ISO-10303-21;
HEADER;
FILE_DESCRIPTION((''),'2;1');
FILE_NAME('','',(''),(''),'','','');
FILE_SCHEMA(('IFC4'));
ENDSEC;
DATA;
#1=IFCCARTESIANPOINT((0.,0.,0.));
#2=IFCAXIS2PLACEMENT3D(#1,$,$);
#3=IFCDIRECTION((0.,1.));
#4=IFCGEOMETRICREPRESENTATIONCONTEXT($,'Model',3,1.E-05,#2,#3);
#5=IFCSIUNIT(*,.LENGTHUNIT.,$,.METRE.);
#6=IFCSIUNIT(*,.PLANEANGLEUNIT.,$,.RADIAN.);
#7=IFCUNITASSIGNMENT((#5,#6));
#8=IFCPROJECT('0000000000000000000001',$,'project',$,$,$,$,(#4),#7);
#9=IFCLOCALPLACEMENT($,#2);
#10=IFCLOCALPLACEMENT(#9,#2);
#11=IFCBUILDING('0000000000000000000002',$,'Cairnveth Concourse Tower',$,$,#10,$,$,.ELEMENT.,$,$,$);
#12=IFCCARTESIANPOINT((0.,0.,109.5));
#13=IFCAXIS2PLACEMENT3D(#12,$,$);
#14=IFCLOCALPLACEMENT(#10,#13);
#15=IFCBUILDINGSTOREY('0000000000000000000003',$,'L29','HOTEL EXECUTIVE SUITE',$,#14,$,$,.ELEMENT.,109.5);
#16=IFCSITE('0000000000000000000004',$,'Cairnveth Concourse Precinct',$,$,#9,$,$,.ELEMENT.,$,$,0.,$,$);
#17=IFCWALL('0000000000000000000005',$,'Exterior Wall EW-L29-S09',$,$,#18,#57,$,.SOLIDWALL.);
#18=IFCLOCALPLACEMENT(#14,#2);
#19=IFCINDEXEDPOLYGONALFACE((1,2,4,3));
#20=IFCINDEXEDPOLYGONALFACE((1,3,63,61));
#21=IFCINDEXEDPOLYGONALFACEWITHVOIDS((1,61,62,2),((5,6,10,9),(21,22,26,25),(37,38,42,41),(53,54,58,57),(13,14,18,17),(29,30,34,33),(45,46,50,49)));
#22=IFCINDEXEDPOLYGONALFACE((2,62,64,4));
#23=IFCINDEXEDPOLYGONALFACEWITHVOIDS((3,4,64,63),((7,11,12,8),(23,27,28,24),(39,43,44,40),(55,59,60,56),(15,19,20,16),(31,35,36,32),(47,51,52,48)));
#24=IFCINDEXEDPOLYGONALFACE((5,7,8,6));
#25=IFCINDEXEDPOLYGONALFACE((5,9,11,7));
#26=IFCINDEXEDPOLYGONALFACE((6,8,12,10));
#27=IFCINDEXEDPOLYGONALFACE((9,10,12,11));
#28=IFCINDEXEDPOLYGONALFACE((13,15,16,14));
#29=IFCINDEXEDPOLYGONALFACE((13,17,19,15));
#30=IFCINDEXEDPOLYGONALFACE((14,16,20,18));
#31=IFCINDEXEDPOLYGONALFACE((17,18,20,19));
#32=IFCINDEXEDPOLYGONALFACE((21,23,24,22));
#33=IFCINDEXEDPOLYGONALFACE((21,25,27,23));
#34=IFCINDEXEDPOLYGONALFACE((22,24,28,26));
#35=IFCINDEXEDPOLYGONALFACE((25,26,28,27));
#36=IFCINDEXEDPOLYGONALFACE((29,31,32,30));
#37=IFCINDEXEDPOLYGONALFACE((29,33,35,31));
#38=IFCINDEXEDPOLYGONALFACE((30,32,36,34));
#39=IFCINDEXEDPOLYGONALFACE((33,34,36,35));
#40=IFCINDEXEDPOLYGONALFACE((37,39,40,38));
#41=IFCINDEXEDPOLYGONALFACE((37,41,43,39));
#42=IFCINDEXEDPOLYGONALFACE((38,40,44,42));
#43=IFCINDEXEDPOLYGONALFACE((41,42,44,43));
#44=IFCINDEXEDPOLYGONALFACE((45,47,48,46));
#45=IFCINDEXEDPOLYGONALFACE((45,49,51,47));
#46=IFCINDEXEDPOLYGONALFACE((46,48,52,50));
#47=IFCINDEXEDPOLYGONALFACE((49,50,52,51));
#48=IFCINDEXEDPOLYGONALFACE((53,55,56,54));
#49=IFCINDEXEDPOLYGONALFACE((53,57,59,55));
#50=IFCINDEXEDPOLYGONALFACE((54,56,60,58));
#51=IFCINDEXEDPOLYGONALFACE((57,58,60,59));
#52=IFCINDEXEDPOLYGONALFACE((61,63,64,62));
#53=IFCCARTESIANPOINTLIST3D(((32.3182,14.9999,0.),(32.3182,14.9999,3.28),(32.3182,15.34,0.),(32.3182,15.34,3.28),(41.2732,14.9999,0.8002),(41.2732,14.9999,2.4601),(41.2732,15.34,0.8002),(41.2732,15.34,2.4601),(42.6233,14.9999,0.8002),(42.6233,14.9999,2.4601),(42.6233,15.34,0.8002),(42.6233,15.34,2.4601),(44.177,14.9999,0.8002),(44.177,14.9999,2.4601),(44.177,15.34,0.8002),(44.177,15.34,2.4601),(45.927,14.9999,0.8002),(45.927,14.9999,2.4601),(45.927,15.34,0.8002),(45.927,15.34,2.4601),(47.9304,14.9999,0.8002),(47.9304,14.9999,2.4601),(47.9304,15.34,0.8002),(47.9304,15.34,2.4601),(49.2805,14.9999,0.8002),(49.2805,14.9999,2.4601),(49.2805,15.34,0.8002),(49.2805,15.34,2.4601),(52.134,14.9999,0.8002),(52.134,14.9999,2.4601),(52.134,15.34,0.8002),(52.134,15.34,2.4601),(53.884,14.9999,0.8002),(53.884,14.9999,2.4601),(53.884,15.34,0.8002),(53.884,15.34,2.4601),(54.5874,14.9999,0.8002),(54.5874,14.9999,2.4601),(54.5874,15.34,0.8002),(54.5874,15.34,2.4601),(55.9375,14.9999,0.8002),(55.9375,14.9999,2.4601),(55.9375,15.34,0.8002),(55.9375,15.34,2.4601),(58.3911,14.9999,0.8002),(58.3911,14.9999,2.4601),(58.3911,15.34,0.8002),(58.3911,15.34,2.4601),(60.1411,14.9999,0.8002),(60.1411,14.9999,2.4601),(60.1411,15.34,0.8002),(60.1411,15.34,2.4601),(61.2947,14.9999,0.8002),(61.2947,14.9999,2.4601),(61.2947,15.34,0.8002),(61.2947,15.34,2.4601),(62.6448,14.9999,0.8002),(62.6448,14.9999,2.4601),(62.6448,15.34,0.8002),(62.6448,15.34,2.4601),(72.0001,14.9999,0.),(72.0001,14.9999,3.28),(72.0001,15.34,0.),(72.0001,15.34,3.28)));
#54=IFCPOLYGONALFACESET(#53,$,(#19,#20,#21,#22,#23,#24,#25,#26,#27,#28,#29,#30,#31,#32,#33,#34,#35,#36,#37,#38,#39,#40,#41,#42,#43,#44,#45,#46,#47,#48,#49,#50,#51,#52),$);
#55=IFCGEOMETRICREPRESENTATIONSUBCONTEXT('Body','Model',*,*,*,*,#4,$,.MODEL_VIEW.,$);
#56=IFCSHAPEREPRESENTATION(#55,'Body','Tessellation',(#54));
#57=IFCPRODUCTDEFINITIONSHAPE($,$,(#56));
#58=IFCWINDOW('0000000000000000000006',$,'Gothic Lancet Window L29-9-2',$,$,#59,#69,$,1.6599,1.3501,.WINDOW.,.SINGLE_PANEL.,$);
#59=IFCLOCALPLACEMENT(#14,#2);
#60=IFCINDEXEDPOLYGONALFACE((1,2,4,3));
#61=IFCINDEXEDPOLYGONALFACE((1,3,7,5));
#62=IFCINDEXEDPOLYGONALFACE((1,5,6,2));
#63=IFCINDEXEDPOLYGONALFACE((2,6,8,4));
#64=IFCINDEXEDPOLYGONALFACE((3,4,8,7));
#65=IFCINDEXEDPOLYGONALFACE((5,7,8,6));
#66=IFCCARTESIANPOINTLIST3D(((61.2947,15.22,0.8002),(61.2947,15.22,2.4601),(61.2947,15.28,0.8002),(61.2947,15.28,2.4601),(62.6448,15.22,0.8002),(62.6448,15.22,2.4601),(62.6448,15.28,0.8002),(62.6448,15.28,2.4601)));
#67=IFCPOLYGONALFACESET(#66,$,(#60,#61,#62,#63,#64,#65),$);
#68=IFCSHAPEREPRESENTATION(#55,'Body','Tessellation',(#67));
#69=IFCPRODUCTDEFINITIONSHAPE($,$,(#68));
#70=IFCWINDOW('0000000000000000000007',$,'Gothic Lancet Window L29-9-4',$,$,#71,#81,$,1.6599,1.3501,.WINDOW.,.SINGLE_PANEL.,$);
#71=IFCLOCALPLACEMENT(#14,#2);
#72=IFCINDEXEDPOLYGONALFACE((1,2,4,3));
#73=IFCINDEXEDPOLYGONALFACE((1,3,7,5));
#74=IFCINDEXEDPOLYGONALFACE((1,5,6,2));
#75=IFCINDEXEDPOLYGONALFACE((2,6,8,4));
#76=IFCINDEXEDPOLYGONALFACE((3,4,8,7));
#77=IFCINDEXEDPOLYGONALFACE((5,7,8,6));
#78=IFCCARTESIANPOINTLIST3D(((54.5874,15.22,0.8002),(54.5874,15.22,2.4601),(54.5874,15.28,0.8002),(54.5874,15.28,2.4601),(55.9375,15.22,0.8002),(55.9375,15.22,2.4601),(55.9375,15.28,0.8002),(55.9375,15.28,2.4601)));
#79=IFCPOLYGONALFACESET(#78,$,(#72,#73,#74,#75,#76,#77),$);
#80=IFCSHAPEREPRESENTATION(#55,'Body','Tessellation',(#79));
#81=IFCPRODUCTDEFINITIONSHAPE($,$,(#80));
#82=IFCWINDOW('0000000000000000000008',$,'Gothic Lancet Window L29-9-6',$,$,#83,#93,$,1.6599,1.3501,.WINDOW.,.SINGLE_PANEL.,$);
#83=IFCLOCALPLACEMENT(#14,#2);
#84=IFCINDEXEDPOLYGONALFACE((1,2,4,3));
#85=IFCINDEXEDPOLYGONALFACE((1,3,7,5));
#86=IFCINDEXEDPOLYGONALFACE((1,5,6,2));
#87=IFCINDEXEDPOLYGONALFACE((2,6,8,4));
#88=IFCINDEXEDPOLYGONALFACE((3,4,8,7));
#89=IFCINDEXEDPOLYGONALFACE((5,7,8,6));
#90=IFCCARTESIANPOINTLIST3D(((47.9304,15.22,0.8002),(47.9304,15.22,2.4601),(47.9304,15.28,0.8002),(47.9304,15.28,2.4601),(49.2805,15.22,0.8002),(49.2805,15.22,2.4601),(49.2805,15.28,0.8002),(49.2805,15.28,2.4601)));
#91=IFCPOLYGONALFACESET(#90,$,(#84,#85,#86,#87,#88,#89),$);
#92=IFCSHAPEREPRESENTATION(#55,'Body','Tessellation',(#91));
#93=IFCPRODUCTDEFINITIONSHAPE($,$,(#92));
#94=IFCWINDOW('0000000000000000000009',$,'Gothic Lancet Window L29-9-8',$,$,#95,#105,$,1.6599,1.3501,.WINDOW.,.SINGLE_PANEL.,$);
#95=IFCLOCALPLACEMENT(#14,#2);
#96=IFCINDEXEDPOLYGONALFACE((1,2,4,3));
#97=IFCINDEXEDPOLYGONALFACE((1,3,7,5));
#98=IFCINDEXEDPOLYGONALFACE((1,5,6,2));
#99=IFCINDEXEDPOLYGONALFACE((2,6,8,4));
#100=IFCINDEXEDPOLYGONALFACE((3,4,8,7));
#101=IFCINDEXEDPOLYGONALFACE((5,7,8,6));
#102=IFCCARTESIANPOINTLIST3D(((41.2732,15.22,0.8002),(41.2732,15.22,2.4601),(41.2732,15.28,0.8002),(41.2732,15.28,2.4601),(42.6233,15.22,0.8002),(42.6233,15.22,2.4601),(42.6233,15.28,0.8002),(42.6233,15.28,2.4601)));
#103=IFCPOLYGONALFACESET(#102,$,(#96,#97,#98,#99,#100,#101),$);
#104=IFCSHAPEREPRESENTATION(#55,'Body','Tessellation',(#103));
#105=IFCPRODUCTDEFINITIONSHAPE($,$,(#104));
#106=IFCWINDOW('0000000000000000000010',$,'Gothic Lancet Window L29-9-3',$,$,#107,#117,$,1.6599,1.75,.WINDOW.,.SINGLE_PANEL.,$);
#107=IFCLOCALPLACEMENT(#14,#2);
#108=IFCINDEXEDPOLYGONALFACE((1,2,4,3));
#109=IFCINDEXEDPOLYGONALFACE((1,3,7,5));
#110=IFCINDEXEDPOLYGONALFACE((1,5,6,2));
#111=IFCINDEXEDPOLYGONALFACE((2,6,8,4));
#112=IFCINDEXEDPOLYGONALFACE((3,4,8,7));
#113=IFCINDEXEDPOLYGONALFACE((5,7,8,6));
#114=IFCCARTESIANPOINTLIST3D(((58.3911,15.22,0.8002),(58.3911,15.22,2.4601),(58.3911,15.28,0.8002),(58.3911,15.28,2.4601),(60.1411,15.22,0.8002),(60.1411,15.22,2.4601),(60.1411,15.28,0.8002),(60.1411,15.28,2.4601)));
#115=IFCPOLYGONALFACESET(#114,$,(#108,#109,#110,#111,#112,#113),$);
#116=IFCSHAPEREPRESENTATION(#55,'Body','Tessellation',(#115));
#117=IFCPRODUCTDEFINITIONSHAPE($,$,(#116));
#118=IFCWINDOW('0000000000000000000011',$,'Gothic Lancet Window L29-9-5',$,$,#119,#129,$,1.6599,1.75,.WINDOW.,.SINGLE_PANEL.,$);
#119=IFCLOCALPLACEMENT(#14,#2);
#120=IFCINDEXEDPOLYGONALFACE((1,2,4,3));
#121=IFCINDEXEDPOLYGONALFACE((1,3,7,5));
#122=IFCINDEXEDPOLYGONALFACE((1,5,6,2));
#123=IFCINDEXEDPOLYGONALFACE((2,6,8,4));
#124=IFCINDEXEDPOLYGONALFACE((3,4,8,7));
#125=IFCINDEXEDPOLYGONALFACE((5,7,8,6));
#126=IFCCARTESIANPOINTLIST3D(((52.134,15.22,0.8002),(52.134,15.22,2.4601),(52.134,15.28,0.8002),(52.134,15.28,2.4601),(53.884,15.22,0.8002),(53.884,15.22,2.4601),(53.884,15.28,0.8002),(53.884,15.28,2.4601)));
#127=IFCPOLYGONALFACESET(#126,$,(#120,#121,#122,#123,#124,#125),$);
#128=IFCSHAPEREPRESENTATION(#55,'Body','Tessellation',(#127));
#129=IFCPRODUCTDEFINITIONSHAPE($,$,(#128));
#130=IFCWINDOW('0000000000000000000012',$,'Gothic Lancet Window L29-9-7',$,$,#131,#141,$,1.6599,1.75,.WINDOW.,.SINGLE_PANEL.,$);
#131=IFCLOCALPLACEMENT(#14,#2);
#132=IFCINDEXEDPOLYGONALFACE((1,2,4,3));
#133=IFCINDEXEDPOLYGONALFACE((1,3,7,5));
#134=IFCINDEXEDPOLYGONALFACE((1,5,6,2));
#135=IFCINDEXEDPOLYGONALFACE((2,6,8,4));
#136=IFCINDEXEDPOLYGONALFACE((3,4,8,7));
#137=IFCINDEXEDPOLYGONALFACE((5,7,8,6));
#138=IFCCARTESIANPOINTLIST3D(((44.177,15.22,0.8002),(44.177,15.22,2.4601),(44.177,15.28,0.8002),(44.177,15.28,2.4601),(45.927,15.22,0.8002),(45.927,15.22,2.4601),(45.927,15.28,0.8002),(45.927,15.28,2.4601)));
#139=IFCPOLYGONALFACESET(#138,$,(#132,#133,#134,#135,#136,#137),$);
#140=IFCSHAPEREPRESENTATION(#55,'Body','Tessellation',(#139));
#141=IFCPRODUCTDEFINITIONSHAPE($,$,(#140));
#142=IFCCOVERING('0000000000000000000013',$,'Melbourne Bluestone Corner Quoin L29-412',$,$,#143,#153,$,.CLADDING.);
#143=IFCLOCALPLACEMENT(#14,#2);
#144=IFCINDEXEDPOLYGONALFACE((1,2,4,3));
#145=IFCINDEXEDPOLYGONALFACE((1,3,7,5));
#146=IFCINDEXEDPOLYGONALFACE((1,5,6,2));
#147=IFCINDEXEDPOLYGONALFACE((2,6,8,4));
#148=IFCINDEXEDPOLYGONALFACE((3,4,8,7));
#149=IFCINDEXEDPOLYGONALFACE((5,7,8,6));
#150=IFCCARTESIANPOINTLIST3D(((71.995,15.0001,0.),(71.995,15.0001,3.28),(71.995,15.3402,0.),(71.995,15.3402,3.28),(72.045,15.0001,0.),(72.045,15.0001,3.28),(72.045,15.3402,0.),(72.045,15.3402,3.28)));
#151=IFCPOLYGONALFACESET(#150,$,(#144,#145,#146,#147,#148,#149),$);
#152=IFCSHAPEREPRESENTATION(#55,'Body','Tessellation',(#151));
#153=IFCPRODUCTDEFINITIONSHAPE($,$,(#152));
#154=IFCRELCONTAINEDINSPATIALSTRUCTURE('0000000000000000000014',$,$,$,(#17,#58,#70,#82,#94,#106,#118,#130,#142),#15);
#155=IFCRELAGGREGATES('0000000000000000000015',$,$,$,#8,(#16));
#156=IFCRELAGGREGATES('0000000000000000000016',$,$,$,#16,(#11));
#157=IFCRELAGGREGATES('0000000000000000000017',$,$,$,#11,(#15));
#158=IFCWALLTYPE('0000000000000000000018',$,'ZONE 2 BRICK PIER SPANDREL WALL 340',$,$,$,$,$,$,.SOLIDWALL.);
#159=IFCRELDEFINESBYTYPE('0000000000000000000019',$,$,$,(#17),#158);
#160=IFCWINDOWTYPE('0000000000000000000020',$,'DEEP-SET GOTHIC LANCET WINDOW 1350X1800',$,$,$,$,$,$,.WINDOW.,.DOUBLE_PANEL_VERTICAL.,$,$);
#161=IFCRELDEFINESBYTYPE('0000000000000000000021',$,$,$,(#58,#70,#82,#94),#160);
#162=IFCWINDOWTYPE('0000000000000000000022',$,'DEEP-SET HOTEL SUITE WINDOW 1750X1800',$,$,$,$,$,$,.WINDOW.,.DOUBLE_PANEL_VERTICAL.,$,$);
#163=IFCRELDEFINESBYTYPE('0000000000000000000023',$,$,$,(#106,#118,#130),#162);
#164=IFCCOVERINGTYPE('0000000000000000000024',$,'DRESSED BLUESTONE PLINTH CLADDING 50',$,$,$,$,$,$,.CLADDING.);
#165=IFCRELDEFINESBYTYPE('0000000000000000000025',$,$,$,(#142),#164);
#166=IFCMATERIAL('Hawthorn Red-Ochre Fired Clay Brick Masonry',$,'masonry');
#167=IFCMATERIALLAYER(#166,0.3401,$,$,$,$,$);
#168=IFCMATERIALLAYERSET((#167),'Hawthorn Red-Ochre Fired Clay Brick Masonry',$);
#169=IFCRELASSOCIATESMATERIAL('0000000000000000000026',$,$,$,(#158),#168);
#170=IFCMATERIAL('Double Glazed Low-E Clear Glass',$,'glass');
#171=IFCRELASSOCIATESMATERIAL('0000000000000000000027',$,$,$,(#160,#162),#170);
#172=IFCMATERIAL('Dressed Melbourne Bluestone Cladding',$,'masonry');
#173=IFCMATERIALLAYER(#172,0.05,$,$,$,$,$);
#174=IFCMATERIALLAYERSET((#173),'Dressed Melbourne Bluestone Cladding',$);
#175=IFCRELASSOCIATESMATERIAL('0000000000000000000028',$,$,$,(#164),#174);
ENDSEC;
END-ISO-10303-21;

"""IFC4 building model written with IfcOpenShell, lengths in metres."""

from ifc_helpers import new_model, si_unit, direction, frame, frame_2d, origin, place, context, subcontext, project, spatial, rectangle, extrude, material, layer, layer_set, type_object, element, fill, save


model = new_model("IFC4")

# Units and contexts
model_context = context("Model", 3, precision=1e-05, world=origin(), true_north=direction((0.0, 1.0)))
body_context = subcontext(model_context, "Body", "Model", "MODEL_VIEW")
ifc_project = project(units=[si_unit("LENGTHUNIT", "METRE"), si_unit("PLANEANGLEUNIT", "RADIAN")], contexts=[model_context])

# Site, building, storey
site_placement = place(None, origin())
site = spatial("IfcSite", under=ifc_project, at=site_placement, Name="Cairnveth Concourse Precinct", CompositionType="ELEMENT", RefElevation=0.0)
building_placement = place(site_placement, origin())
building = spatial("IfcBuilding", under=site, at=building_placement, Name="Cairnveth Concourse Tower", CompositionType="ELEMENT")
storey_placement = place(building_placement, frame((0.0, 0.0, 109.5)))
storey = spatial("IfcBuildingStorey", under=building, at=storey_placement, Name="L29", Description="HOTEL EXECUTIVE SUITE", CompositionType="ELEMENT", Elevation=109.5)

# Wall, openings, windows
ifc_material_1 = material(Name="Hawthorn Red-Ochre Fired Clay Brick Masonry", Category="masonry")
ifc_layer_1 = layer(ifc_material_1, 0.3401)
ifc_layer_set_1 = layer_set([ifc_layer_1], Name="Hawthorn Red-Ochre Fired Clay Brick Masonry")
wall_type_1 = type_object("IfcWallType", Name="ZONE 2 BRICK PIER SPANDREL WALL 340", PredefinedType="SOLIDWALL", material=ifc_layer_set_1)
wall_1_placement = place(storey_placement, frame((72.0, 15.1699, 0.0), z_axis=(0.0, 0.0, 1.0), x_axis=(-1.0, 0.0, 0.0)))
wall_1 = element("IfcWall", 1, at=wall_1_placement, inside=storey, type_object=wall_type_1, Name="Exterior Wall EW-L29-S09", PredefinedType="SOLIDWALL", context=body_context, shape_type="SweptSolid", body=[
    extrude(rectangle(XDim=39.6819, YDim=0.3401, at=frame_2d((19.8408, 0.0))), origin(), (0.0, 0.0, 1.0), 3.28),
])
opening_1_placement = place(wall_1_placement, frame((9.3552, 0.0, 0.8)))
opening_1 = element("IfcOpeningElement", 2, at=opening_1_placement, cuts=wall_1, PredefinedType="OPENING", context=body_context, shape_type="SweptSolid", body=[
    extrude(rectangle(XDim=1.3501, YDim=1.6599, at=frame_2d((0.675, 0.8301))), frame((0.0, 0.1799, 0.0), z_axis=(0.0, -1.0, 0.0), x_axis=(1.0, 0.0, 0.0)), (0.0, 0.0, 1.0), 0.3601),
])
opening_2_placement = place(wall_1_placement, frame((11.8589, 0.0, 0.8)))
opening_2 = element("IfcOpeningElement", 3, at=opening_2_placement, cuts=wall_1, PredefinedType="OPENING", context=body_context, shape_type="SweptSolid", body=[
    extrude(rectangle(XDim=1.75, YDim=1.6599, at=frame_2d((0.875, 0.8301))), frame((0.0, 0.1799, 0.0), z_axis=(0.0, -1.0, 0.0), x_axis=(1.0, 0.0, 0.0)), (0.0, 0.0, 1.0), 0.3601),
])
opening_3_placement = place(wall_1_placement, frame((16.0625, 0.0, 0.8)))
opening_3 = element("IfcOpeningElement", 4, at=opening_3_placement, cuts=wall_1, PredefinedType="OPENING", context=body_context, shape_type="SweptSolid", body=[
    extrude(rectangle(XDim=1.3501, YDim=1.6599, at=frame_2d((0.675, 0.8301))), frame((0.0, 0.1799, 0.0), z_axis=(0.0, -1.0, 0.0), x_axis=(1.0, 0.0, 0.0)), (0.0, 0.0, 1.0), 0.3601),
])
opening_4_placement = place(wall_1_placement, frame((18.116, 0.0, 0.8)))
opening_4 = element("IfcOpeningElement", 5, at=opening_4_placement, cuts=wall_1, PredefinedType="OPENING", context=body_context, shape_type="SweptSolid", body=[
    extrude(rectangle(XDim=1.75, YDim=1.6599, at=frame_2d((0.875, 0.8301))), frame((0.0, 0.1799, 0.0), z_axis=(0.0, -1.0, 0.0), x_axis=(1.0, 0.0, 0.0)), (0.0, 0.0, 1.0), 0.3601),
])
opening_5_placement = place(wall_1_placement, frame((22.7195, 0.0, 0.8)))
opening_5 = element("IfcOpeningElement", 6, at=opening_5_placement, cuts=wall_1, PredefinedType="OPENING", context=body_context, shape_type="SweptSolid", body=[
    extrude(rectangle(XDim=1.3501, YDim=1.6599, at=frame_2d((0.675, 0.8301))), frame((0.0, 0.1799, 0.0), z_axis=(0.0, -1.0, 0.0), x_axis=(1.0, 0.0, 0.0)), (0.0, 0.0, 1.0), 0.3601),
])
opening_6_placement = place(wall_1_placement, frame((26.073, 0.0, 0.8)))
opening_6 = element("IfcOpeningElement", 7, at=opening_6_placement, cuts=wall_1, PredefinedType="OPENING", context=body_context, shape_type="SweptSolid", body=[
    extrude(rectangle(XDim=1.75, YDim=1.6599, at=frame_2d((0.875, 0.8301))), frame((0.0, 0.1799, 0.0), z_axis=(0.0, -1.0, 0.0), x_axis=(1.0, 0.0, 0.0)), (0.0, 0.0, 1.0), 0.3601),
])
opening_7_placement = place(wall_1_placement, frame((29.3767, 0.0, 0.8)))
opening_7 = element("IfcOpeningElement", 8, at=opening_7_placement, cuts=wall_1, PredefinedType="OPENING", context=body_context, shape_type="SweptSolid", body=[
    extrude(rectangle(XDim=1.3501, YDim=1.6599, at=frame_2d((0.675, 0.8301))), frame((0.0, 0.1799, 0.0), z_axis=(0.0, -1.0, 0.0), x_axis=(1.0, 0.0, 0.0)), (0.0, 0.0, 1.0), 0.3601),
])
ifc_material_2 = material(Name="Double Glazed Low-E Clear Glass", Category="glass")
window_type_1 = type_object("IfcWindowType", Name="DEEP-SET GOTHIC LANCET WINDOW 1350X1800", PartitioningType="DOUBLE_PANEL_VERTICAL", PredefinedType="WINDOW", material=ifc_material_2)
window_1_placement = place(opening_1_placement, origin())
window_1 = element("IfcWindow", 9, at=window_1_placement, inside=storey, type_object=window_type_1, Name="Gothic Lancet Window L29-9-2", OverallHeight=1.6599, OverallWidth=1.3501, PartitioningType="SINGLE_PANEL", PredefinedType="WINDOW", context=body_context, shape_type="SweptSolid", body=[
    extrude(rectangle(XDim=1.3501, YDim=1.6599, at=frame_2d((0.675, 0.8301))), frame((0.0, -0.05, 0.0), z_axis=(0.0, -1.0, 0.0), x_axis=(1.0, 0.0, 0.0)), (0.0, 0.0, 1.0), 0.0601),
])
fill(opening_1, window_1)
window_2_placement = place(opening_3_placement, origin())
window_2 = element("IfcWindow", 10, at=window_2_placement, inside=storey, type_object=window_type_1, Name="Gothic Lancet Window L29-9-4", OverallHeight=1.6599, OverallWidth=1.3501, PartitioningType="SINGLE_PANEL", PredefinedType="WINDOW", context=body_context, shape_type="SweptSolid", body=[
    extrude(rectangle(XDim=1.3501, YDim=1.6599, at=frame_2d((0.675, 0.8301))), frame((0.0, -0.05, 0.0), z_axis=(0.0, -1.0, 0.0), x_axis=(1.0, 0.0, 0.0)), (0.0, 0.0, 1.0), 0.0601),
])
fill(opening_3, window_2)
window_3_placement = place(opening_5_placement, origin())
window_3 = element("IfcWindow", 11, at=window_3_placement, inside=storey, type_object=window_type_1, Name="Gothic Lancet Window L29-9-6", OverallHeight=1.6599, OverallWidth=1.3501, PartitioningType="SINGLE_PANEL", PredefinedType="WINDOW", context=body_context, shape_type="SweptSolid", body=[
    extrude(rectangle(XDim=1.3501, YDim=1.6599, at=frame_2d((0.675, 0.8301))), frame((0.0, -0.05, 0.0), z_axis=(0.0, -1.0, 0.0), x_axis=(1.0, 0.0, 0.0)), (0.0, 0.0, 1.0), 0.0601),
])
fill(opening_5, window_3)
window_4_placement = place(opening_7_placement, origin())
window_4 = element("IfcWindow", 12, at=window_4_placement, inside=storey, type_object=window_type_1, Name="Gothic Lancet Window L29-9-8", OverallHeight=1.6599, OverallWidth=1.3501, PartitioningType="SINGLE_PANEL", PredefinedType="WINDOW", context=body_context, shape_type="SweptSolid", body=[
    extrude(rectangle(XDim=1.3501, YDim=1.6599, at=frame_2d((0.675, 0.8301))), frame((0.0, -0.05, 0.0), z_axis=(0.0, -1.0, 0.0), x_axis=(1.0, 0.0, 0.0)), (0.0, 0.0, 1.0), 0.0601),
])
fill(opening_7, window_4)
window_type_2 = type_object("IfcWindowType", Name="DEEP-SET HOTEL SUITE WINDOW 1750X1800", PartitioningType="DOUBLE_PANEL_VERTICAL", PredefinedType="WINDOW", material=ifc_material_2)
window_5_placement = place(opening_2_placement, origin())
window_5 = element("IfcWindow", 13, at=window_5_placement, inside=storey, type_object=window_type_2, Name="Gothic Lancet Window L29-9-3", OverallHeight=1.6599, OverallWidth=1.75, PartitioningType="SINGLE_PANEL", PredefinedType="WINDOW", context=body_context, shape_type="SweptSolid", body=[
    extrude(rectangle(XDim=1.75, YDim=1.6599, at=frame_2d((0.875, 0.8301))), frame((0.0, -0.05, 0.0), z_axis=(0.0, -1.0, 0.0), x_axis=(1.0, 0.0, 0.0)), (0.0, 0.0, 1.0), 0.0601),
])
fill(opening_2, window_5)
window_6_placement = place(opening_4_placement, origin())
window_6 = element("IfcWindow", 14, at=window_6_placement, inside=storey, type_object=window_type_2, Name="Gothic Lancet Window L29-9-5", OverallHeight=1.6599, OverallWidth=1.75, PartitioningType="SINGLE_PANEL", PredefinedType="WINDOW", context=body_context, shape_type="SweptSolid", body=[
    extrude(rectangle(XDim=1.75, YDim=1.6599, at=frame_2d((0.875, 0.8301))), frame((0.0, -0.05, 0.0), z_axis=(0.0, -1.0, 0.0), x_axis=(1.0, 0.0, 0.0)), (0.0, 0.0, 1.0), 0.0601),
])
fill(opening_4, window_6)
window_7_placement = place(opening_6_placement, origin())
window_7 = element("IfcWindow", 15, at=window_7_placement, inside=storey, type_object=window_type_2, Name="Gothic Lancet Window L29-9-7", OverallHeight=1.6599, OverallWidth=1.75, PartitioningType="SINGLE_PANEL", PredefinedType="WINDOW", context=body_context, shape_type="SweptSolid", body=[
    extrude(rectangle(XDim=1.75, YDim=1.6599, at=frame_2d((0.875, 0.8301))), frame((0.0, -0.05, 0.0), z_axis=(0.0, -1.0, 0.0), x_axis=(1.0, 0.0, 0.0)), (0.0, 0.0, 1.0), 0.0601),
])
fill(opening_6, window_7)

# Covering
ifc_material_3 = material(Name="Dressed Melbourne Bluestone Cladding", Category="masonry")
ifc_layer_2 = layer(ifc_material_3, 0.05)
ifc_layer_set_2 = layer_set([ifc_layer_2], Name="Dressed Melbourne Bluestone Cladding")
covering_type = type_object("IfcCoveringType", Name="DRESSED BLUESTONE PLINTH CLADDING 50", PredefinedType="CLADDING", material=ifc_layer_set_2)
covering_placement = place(storey_placement, frame((72.02, 15.3401, 0.0), z_axis=(0.0, 0.0, 1.0), x_axis=(0.0, -1.0, 0.0)))
element("IfcCovering", 16, at=covering_placement, inside=storey, type_object=covering_type, Name="Melbourne Bluestone Corner Quoin L29-412", PredefinedType="CLADDING", context=body_context, shape_type="SweptSolid", body=[
    extrude(rectangle(XDim=0.3401, YDim=0.05, at=frame_2d((0.1699, 0.0))), origin(), (0.0, 0.0, 1.0), 3.28),
])

save(model, "model.ifc")
